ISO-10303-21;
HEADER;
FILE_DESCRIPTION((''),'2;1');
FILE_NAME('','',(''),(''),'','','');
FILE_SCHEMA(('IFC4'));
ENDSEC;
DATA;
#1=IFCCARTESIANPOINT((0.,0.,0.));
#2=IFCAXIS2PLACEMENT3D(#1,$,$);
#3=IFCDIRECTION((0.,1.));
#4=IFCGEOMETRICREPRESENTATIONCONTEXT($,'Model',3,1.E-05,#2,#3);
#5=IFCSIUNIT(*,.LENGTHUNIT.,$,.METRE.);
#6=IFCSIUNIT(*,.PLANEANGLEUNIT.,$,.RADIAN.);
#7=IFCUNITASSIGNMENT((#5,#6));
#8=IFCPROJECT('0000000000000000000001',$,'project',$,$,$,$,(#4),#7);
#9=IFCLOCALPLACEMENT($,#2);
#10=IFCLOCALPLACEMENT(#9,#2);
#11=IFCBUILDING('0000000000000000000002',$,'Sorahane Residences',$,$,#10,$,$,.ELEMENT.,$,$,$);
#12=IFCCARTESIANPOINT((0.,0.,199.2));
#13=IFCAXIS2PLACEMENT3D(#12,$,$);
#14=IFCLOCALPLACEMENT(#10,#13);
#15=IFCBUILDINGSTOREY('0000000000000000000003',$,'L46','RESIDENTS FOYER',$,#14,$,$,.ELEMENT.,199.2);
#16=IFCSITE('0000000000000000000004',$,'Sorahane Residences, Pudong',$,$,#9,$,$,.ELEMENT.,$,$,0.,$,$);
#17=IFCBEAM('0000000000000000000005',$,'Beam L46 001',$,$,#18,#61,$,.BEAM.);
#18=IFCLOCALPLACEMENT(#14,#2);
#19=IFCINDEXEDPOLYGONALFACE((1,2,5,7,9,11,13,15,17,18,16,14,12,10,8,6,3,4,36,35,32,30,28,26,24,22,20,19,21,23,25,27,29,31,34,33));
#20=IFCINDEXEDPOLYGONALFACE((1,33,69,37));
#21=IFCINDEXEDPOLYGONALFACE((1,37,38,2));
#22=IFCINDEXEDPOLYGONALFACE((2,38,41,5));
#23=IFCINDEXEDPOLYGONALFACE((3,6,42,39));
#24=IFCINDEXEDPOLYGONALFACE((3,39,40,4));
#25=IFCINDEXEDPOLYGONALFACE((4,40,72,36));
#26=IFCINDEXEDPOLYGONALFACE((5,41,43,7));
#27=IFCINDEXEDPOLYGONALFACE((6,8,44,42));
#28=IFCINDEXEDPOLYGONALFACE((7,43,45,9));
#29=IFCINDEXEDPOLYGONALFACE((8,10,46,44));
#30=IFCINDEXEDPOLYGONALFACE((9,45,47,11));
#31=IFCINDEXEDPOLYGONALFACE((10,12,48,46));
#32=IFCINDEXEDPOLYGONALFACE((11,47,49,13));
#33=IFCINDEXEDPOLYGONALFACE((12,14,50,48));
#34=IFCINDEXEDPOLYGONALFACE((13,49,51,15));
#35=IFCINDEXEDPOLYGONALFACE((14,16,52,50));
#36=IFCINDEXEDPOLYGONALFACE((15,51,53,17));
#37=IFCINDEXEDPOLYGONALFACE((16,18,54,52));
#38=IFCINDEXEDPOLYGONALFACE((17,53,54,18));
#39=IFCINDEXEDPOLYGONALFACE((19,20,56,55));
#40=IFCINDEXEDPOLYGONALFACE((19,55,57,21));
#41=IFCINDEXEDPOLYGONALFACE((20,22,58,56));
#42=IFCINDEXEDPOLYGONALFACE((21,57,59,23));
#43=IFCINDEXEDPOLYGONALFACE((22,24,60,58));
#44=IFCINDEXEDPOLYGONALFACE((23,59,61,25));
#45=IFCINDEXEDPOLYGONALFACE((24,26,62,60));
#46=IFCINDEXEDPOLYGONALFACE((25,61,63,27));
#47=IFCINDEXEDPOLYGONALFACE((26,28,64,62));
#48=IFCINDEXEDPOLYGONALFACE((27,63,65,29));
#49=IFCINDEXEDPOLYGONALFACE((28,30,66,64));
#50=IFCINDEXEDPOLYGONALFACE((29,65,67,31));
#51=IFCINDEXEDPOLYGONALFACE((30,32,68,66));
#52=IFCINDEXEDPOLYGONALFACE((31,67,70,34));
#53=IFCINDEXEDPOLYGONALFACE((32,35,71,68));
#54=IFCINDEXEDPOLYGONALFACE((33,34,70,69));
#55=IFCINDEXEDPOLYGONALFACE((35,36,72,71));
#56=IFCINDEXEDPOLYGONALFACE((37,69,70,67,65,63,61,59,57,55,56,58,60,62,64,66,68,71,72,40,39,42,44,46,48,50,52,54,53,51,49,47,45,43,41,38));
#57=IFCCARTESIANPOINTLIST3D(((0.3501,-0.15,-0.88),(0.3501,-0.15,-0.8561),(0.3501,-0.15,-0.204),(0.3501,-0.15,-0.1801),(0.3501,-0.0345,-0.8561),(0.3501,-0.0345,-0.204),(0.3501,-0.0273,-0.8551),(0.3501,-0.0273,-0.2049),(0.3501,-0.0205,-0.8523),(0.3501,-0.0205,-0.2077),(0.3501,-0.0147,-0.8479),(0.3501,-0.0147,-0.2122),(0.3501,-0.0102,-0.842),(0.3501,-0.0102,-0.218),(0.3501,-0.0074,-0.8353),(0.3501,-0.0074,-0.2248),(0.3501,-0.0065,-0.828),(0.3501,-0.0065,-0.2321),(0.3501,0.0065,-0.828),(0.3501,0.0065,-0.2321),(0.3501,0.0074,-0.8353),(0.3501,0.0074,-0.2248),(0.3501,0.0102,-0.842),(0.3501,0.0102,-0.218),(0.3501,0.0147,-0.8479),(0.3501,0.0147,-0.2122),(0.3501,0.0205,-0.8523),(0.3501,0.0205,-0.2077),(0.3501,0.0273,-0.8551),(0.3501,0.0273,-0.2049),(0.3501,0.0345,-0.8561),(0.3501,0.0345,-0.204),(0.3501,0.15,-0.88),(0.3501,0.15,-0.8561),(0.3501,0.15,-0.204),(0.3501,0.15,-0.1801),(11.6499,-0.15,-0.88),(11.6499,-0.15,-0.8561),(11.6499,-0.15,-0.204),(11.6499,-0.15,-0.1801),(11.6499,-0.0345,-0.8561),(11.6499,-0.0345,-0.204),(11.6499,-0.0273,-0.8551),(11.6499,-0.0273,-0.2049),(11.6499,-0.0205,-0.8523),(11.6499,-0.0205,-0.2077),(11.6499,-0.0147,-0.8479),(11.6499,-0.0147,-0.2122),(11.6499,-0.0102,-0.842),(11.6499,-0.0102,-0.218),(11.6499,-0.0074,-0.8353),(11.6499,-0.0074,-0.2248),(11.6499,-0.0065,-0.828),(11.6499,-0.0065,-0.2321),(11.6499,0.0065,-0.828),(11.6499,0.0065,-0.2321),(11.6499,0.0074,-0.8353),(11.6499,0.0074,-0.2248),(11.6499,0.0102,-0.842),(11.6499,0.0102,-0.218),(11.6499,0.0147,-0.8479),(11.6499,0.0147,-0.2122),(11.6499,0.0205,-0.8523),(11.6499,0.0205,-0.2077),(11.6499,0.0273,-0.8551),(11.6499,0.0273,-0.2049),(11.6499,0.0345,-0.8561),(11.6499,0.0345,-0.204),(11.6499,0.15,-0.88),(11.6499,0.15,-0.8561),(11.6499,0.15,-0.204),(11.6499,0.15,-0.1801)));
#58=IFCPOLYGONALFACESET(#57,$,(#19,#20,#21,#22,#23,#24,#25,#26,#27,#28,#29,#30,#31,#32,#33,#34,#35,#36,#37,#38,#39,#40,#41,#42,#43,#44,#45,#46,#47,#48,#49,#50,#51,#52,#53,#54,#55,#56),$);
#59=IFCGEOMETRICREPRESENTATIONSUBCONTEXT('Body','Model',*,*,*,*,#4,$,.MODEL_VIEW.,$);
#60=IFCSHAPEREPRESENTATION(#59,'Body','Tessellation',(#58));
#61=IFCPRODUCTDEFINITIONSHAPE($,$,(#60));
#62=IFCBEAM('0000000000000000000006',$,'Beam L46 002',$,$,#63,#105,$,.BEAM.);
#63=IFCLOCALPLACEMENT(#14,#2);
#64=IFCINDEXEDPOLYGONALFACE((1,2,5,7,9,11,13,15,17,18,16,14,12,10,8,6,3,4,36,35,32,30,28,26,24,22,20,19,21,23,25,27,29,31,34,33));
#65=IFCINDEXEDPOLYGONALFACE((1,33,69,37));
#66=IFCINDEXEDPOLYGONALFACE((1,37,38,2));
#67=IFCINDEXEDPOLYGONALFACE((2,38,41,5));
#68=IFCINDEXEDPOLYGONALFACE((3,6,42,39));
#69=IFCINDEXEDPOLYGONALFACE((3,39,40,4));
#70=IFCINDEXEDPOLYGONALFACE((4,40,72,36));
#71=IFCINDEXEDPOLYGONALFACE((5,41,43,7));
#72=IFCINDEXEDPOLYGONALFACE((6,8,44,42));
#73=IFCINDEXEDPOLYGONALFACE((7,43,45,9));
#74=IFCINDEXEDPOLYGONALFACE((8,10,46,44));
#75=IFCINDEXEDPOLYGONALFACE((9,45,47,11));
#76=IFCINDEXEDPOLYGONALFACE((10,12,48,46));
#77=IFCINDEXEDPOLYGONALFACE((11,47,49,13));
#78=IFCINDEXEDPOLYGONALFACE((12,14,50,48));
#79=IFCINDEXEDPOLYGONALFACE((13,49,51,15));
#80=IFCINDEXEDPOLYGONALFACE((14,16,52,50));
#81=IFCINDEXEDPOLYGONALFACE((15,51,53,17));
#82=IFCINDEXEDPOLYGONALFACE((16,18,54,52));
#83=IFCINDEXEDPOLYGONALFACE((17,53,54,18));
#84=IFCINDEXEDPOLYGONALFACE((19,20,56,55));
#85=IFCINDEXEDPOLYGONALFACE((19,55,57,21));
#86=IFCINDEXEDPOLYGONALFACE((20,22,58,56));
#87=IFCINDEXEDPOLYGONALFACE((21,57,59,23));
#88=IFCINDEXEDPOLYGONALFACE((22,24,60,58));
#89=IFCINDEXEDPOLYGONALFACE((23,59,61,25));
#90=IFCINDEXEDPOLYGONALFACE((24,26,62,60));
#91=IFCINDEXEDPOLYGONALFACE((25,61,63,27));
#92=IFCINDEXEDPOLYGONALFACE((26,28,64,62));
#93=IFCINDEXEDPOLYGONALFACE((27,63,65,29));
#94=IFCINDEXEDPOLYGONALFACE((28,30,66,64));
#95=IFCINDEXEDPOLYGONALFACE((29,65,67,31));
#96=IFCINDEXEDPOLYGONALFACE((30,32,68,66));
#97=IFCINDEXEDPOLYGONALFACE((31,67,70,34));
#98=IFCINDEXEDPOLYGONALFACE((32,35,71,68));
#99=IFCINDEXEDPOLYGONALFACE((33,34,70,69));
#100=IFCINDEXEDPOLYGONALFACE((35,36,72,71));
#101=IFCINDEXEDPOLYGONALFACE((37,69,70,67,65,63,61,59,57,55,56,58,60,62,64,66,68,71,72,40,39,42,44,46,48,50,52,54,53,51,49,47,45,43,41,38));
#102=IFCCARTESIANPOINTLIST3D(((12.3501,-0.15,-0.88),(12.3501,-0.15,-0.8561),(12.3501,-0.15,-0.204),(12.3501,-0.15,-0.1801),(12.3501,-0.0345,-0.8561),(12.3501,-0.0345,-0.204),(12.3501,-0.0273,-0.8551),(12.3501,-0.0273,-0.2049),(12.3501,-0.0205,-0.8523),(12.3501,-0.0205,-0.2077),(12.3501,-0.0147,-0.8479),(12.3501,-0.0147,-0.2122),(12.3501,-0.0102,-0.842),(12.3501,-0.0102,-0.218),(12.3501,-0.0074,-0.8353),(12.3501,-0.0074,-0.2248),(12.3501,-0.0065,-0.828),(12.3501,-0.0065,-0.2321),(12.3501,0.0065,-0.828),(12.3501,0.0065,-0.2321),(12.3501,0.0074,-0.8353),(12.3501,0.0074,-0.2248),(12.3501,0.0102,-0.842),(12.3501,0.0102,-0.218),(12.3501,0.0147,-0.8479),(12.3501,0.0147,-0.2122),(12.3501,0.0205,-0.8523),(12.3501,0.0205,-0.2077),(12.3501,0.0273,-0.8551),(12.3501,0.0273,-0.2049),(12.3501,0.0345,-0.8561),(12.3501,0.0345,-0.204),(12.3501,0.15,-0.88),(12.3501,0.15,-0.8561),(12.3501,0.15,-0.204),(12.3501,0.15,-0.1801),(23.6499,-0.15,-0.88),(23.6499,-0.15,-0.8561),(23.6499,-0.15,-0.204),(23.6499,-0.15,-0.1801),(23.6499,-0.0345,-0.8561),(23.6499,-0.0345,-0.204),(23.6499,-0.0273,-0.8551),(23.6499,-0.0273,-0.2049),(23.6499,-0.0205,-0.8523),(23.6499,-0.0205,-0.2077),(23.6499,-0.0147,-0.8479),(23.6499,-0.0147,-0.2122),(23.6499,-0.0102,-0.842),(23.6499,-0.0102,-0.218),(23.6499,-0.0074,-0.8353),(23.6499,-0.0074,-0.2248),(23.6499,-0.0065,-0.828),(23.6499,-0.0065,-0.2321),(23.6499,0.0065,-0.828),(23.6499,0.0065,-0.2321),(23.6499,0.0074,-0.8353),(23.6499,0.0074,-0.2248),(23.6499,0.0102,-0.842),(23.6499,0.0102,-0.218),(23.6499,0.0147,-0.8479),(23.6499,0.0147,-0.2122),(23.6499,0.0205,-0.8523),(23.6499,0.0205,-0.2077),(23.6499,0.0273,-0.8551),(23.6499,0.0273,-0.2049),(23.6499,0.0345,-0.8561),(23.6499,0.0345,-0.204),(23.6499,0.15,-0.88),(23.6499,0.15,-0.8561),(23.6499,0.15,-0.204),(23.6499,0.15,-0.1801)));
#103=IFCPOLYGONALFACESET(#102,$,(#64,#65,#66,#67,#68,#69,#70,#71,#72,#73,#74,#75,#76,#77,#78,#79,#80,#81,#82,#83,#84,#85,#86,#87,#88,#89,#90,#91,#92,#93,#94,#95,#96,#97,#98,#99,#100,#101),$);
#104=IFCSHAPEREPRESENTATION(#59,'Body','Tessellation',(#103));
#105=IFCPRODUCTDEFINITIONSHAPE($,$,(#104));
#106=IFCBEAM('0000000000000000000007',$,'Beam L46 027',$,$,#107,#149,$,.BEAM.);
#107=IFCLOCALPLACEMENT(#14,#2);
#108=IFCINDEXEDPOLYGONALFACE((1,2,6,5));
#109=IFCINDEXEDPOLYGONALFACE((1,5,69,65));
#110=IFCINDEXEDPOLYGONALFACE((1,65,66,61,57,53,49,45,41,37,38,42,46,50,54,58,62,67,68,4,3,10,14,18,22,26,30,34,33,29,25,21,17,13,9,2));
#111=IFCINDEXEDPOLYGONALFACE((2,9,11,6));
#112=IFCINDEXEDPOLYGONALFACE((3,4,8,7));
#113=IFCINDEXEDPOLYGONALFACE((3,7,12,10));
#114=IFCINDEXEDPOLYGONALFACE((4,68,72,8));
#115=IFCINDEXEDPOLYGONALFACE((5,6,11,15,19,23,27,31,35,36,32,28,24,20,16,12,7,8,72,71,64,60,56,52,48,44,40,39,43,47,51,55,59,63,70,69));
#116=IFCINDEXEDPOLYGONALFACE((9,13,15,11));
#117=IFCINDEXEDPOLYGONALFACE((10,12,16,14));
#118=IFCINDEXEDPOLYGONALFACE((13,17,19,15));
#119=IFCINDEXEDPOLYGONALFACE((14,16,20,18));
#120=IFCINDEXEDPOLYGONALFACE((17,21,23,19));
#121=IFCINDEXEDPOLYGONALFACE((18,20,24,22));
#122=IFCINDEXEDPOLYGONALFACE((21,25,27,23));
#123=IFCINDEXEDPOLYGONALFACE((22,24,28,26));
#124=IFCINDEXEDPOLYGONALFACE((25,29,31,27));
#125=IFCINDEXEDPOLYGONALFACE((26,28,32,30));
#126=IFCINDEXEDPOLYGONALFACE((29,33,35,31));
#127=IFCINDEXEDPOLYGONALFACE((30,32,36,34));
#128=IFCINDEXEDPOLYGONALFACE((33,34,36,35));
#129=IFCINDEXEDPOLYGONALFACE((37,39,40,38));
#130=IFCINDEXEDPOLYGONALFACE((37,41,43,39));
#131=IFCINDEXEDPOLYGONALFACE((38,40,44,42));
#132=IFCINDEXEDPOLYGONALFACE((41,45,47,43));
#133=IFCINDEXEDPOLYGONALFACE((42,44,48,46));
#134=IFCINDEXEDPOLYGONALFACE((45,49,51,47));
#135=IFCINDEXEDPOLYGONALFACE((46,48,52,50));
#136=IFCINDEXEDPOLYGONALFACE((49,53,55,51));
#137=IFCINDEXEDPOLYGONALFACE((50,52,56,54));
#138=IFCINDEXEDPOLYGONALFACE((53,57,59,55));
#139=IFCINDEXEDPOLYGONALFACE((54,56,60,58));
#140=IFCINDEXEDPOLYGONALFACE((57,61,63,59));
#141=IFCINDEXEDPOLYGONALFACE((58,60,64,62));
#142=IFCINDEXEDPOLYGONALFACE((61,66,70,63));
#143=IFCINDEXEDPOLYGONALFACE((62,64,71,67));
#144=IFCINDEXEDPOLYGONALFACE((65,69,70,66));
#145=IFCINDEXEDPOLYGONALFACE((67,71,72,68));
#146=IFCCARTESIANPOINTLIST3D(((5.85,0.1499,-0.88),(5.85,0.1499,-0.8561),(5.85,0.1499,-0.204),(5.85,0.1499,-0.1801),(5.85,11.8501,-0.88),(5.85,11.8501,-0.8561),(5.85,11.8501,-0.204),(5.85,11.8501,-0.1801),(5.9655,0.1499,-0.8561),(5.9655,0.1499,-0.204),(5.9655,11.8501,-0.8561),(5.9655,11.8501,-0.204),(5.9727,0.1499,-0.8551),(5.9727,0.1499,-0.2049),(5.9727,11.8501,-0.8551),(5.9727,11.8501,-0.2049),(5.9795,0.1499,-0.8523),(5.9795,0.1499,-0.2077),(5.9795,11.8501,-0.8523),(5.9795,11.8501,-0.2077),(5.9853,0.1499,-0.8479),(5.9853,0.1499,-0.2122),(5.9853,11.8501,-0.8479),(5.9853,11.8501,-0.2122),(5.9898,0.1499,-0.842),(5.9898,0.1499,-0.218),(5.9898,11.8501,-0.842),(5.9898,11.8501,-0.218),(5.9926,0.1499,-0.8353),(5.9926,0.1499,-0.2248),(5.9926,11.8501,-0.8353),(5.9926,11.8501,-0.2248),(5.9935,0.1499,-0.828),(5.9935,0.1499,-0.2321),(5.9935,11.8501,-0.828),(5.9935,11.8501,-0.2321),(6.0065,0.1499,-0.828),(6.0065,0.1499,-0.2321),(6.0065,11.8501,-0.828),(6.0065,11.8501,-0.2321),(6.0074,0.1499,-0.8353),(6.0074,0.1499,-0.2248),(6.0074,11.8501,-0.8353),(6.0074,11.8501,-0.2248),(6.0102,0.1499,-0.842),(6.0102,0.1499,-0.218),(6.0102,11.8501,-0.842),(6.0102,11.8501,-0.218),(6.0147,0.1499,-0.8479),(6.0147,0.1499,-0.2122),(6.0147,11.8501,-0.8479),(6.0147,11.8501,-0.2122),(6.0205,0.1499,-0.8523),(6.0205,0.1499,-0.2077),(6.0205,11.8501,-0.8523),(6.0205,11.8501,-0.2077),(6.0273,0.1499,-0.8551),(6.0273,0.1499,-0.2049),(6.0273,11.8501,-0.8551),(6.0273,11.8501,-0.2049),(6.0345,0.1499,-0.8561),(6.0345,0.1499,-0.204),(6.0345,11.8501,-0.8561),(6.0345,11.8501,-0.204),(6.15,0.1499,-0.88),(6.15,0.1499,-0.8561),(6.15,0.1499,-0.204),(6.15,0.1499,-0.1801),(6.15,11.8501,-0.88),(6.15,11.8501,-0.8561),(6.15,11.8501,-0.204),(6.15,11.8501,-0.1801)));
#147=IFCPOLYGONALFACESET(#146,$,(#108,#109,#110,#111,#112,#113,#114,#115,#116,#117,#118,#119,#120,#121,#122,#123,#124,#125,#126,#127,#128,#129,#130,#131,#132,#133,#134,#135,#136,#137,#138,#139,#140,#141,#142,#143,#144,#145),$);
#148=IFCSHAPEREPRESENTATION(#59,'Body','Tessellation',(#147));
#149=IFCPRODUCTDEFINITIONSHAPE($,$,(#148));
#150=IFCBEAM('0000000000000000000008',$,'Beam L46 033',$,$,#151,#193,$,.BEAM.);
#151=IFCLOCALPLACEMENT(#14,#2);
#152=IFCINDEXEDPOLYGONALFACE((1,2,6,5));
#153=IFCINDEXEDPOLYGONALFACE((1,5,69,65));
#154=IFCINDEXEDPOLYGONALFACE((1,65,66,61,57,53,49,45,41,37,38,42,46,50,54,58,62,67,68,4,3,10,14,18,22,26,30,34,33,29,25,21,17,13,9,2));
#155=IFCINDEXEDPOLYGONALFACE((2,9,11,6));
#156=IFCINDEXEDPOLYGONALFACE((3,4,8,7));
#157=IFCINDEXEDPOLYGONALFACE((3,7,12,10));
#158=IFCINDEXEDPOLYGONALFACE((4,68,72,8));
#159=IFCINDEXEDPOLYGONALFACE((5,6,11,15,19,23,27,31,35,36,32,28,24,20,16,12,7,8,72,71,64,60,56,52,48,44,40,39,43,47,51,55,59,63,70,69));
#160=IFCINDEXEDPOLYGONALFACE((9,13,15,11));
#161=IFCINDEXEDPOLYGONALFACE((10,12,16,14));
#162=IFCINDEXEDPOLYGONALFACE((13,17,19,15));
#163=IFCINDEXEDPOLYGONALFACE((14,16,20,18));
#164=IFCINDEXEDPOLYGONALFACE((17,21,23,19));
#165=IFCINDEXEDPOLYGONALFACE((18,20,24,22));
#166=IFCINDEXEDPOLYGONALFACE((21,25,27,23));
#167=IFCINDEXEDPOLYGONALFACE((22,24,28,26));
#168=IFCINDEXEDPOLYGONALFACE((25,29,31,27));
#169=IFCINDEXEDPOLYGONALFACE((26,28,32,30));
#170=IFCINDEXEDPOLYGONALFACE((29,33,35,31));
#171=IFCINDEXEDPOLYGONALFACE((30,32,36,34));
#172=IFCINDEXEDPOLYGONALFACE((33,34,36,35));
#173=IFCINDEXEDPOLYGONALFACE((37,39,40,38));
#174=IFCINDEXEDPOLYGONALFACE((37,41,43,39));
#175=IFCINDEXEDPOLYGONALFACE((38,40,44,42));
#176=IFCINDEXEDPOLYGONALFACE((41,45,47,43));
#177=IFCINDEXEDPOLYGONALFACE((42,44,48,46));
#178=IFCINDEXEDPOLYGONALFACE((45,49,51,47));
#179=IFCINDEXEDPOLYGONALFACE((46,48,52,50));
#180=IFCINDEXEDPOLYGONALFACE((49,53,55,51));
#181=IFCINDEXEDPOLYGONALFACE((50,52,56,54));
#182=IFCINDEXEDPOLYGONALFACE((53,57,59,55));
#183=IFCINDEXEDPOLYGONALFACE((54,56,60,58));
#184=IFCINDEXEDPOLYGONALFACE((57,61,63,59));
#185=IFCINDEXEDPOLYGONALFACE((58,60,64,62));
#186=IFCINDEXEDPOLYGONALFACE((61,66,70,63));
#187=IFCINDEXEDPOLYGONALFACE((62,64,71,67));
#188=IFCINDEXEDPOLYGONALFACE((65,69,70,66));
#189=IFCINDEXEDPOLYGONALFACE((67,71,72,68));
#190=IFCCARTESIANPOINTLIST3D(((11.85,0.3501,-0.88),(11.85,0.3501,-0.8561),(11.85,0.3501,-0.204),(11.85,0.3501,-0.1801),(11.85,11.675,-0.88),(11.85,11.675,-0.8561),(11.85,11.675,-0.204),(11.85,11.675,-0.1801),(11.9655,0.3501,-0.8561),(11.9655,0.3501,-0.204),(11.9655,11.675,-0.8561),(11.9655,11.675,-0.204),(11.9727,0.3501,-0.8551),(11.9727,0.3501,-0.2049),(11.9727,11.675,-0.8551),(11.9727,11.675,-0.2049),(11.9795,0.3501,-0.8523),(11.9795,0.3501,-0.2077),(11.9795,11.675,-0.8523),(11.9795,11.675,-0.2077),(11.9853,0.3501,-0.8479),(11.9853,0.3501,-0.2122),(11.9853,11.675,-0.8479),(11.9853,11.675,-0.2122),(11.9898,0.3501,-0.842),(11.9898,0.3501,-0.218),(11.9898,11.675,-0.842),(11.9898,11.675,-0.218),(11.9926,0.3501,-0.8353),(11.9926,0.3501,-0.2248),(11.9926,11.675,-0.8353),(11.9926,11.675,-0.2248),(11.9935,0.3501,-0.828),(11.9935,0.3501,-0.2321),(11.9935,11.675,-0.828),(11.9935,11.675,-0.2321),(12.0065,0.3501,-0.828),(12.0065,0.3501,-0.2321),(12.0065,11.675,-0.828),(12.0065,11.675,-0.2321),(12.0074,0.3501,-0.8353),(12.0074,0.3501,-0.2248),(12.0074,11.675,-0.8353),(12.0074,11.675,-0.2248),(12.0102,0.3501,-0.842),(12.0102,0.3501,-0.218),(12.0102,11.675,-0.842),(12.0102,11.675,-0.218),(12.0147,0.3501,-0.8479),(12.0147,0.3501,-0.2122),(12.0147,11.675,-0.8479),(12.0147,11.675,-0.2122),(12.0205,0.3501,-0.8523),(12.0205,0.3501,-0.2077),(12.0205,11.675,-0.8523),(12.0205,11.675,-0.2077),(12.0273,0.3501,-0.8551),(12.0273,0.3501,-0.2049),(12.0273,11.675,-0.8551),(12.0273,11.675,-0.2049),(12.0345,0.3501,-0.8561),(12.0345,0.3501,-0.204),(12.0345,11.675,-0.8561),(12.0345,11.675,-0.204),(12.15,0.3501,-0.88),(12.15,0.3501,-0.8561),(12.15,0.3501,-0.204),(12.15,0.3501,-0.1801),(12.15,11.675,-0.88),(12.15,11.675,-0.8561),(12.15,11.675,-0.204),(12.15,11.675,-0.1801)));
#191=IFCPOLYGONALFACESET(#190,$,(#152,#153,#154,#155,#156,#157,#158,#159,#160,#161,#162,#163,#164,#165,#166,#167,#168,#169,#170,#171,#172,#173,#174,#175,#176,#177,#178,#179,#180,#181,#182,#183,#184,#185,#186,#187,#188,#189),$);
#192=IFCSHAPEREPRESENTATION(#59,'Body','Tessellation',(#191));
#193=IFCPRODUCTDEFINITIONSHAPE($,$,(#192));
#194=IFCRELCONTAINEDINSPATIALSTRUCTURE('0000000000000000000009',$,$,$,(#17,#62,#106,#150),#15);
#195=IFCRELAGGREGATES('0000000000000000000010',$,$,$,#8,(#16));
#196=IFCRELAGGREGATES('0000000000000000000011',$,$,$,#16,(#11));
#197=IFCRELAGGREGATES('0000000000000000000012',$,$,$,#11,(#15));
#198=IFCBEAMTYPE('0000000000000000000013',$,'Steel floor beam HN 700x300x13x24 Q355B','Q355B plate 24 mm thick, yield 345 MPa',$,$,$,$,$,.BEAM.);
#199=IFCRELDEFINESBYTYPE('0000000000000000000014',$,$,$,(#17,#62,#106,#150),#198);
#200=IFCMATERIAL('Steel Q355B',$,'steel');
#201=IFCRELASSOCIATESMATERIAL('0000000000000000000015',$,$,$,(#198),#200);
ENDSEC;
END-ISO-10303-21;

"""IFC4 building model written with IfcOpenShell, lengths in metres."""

from ifc_helpers import new_model, si_unit, direction, frame, origin, origin_2d, place, context, subcontext, project, spatial, i_section, extrude, material, material_profile, profile_set, type_object, element, save


model = new_model("IFC4")

# Units and contexts
model_context = context("Model", 3, precision=1e-05, world=origin(), true_north=direction((0.0, 1.0)))
body_context = subcontext(model_context, "Body", "Model", "MODEL_VIEW")
ifc_project = project(units=[si_unit("LENGTHUNIT", "METRE"), si_unit("PLANEANGLEUNIT", "RADIAN")], contexts=[model_context])

# Site, building, storey
site_placement = place(None, origin())
site = spatial("IfcSite", under=ifc_project, at=site_placement, Name="Sorahane Residences, Pudong", CompositionType="ELEMENT", RefElevation=0.0)
building_placement = place(site_placement, origin())
building = spatial("IfcBuilding", under=site, at=building_placement, Name="Sorahane Residences", CompositionType="ELEMENT")
storey_placement = place(building_placement, frame((0.0, 0.0, 199.2)))
storey = spatial("IfcBuildingStorey", under=building, at=storey_placement, Name="L46", Description="RESIDENTS FOYER", CompositionType="ELEMENT", Elevation=199.2)

# Beams
ifc_material_1 = material(Name="Steel Q355B", Category="steel")
ifc_material_profile_1 = material_profile(ifc_material_1, i_section(OverallWidth=0.3, OverallDepth=0.7, WebThickness=0.0129, FlangeThickness=0.0239, FilletRadius=0.0281, at=origin_2d()), Name="HN 700x300x13x24")
ifc_profile_set_1 = profile_set([ifc_material_profile_1], Name="Steel Q355B")
beam_type_1 = type_object("IfcBeamType", Name="Steel floor beam HN 700x300x13x24 Q355B", Description="Q355B plate 24 mm thick, yield 345 MPa", PredefinedType="BEAM", material=ifc_profile_set_1)
for number, where, z_axis, x_axis, name in (
    (1, (0.3501, 0.0, -0.53), (1.0, 0.0, 0.0), (0.0, 1.0, 0.0), "Beam L46 001"),
    (2, (12.3501, 0.0, -0.53), (1.0, 0.0, 0.0), (0.0, 1.0, 0.0), "Beam L46 002"),
):
    element("IfcBeam", number, at=place(storey_placement, frame(where, z_axis=z_axis, x_axis=x_axis)), inside=storey, type_object=beam_type_1, Name=name, PredefinedType="BEAM", context=body_context, shape_type="SweptSolid", body=[
        extrude(i_section(OverallWidth=0.3, OverallDepth=0.7, WebThickness=0.0129, FlangeThickness=0.0239, FilletRadius=0.0281, at=origin_2d()), origin(), (0.0, 0.0, 1.0), 11.2998),
    ])
beam_1_placement = place(storey_placement, frame((6.0, 0.1499, -0.53), z_axis=(0.0, 1.0, 0.0), x_axis=(-1.0, 0.0, 0.0)))
element("IfcBeam", 3, at=beam_1_placement, inside=storey, type_object=beam_type_1, Name="Beam L46 027", PredefinedType="BEAM", context=body_context, shape_type="SweptSolid", body=[
    extrude(i_section(OverallWidth=0.3, OverallDepth=0.7, WebThickness=0.0129, FlangeThickness=0.0239, FilletRadius=0.0281, at=origin_2d()), origin(), (0.0, 0.0, 1.0), 11.7002),
])
beam_2_placement = place(storey_placement, frame((12.0, 0.3501, -0.53), z_axis=(0.0, 1.0, 0.0), x_axis=(-1.0, 0.0, 0.0)))
element("IfcBeam", 4, at=beam_2_placement, inside=storey, type_object=beam_type_1, Name="Beam L46 033", PredefinedType="BEAM", context=body_context, shape_type="SweptSolid", body=[
    extrude(i_section(OverallWidth=0.3, OverallDepth=0.7, WebThickness=0.0129, FlangeThickness=0.0239, FilletRadius=0.0281, at=origin_2d()), origin(), (0.0, 0.0, 1.0), 11.325),
])

save(model, "model.ifc")
